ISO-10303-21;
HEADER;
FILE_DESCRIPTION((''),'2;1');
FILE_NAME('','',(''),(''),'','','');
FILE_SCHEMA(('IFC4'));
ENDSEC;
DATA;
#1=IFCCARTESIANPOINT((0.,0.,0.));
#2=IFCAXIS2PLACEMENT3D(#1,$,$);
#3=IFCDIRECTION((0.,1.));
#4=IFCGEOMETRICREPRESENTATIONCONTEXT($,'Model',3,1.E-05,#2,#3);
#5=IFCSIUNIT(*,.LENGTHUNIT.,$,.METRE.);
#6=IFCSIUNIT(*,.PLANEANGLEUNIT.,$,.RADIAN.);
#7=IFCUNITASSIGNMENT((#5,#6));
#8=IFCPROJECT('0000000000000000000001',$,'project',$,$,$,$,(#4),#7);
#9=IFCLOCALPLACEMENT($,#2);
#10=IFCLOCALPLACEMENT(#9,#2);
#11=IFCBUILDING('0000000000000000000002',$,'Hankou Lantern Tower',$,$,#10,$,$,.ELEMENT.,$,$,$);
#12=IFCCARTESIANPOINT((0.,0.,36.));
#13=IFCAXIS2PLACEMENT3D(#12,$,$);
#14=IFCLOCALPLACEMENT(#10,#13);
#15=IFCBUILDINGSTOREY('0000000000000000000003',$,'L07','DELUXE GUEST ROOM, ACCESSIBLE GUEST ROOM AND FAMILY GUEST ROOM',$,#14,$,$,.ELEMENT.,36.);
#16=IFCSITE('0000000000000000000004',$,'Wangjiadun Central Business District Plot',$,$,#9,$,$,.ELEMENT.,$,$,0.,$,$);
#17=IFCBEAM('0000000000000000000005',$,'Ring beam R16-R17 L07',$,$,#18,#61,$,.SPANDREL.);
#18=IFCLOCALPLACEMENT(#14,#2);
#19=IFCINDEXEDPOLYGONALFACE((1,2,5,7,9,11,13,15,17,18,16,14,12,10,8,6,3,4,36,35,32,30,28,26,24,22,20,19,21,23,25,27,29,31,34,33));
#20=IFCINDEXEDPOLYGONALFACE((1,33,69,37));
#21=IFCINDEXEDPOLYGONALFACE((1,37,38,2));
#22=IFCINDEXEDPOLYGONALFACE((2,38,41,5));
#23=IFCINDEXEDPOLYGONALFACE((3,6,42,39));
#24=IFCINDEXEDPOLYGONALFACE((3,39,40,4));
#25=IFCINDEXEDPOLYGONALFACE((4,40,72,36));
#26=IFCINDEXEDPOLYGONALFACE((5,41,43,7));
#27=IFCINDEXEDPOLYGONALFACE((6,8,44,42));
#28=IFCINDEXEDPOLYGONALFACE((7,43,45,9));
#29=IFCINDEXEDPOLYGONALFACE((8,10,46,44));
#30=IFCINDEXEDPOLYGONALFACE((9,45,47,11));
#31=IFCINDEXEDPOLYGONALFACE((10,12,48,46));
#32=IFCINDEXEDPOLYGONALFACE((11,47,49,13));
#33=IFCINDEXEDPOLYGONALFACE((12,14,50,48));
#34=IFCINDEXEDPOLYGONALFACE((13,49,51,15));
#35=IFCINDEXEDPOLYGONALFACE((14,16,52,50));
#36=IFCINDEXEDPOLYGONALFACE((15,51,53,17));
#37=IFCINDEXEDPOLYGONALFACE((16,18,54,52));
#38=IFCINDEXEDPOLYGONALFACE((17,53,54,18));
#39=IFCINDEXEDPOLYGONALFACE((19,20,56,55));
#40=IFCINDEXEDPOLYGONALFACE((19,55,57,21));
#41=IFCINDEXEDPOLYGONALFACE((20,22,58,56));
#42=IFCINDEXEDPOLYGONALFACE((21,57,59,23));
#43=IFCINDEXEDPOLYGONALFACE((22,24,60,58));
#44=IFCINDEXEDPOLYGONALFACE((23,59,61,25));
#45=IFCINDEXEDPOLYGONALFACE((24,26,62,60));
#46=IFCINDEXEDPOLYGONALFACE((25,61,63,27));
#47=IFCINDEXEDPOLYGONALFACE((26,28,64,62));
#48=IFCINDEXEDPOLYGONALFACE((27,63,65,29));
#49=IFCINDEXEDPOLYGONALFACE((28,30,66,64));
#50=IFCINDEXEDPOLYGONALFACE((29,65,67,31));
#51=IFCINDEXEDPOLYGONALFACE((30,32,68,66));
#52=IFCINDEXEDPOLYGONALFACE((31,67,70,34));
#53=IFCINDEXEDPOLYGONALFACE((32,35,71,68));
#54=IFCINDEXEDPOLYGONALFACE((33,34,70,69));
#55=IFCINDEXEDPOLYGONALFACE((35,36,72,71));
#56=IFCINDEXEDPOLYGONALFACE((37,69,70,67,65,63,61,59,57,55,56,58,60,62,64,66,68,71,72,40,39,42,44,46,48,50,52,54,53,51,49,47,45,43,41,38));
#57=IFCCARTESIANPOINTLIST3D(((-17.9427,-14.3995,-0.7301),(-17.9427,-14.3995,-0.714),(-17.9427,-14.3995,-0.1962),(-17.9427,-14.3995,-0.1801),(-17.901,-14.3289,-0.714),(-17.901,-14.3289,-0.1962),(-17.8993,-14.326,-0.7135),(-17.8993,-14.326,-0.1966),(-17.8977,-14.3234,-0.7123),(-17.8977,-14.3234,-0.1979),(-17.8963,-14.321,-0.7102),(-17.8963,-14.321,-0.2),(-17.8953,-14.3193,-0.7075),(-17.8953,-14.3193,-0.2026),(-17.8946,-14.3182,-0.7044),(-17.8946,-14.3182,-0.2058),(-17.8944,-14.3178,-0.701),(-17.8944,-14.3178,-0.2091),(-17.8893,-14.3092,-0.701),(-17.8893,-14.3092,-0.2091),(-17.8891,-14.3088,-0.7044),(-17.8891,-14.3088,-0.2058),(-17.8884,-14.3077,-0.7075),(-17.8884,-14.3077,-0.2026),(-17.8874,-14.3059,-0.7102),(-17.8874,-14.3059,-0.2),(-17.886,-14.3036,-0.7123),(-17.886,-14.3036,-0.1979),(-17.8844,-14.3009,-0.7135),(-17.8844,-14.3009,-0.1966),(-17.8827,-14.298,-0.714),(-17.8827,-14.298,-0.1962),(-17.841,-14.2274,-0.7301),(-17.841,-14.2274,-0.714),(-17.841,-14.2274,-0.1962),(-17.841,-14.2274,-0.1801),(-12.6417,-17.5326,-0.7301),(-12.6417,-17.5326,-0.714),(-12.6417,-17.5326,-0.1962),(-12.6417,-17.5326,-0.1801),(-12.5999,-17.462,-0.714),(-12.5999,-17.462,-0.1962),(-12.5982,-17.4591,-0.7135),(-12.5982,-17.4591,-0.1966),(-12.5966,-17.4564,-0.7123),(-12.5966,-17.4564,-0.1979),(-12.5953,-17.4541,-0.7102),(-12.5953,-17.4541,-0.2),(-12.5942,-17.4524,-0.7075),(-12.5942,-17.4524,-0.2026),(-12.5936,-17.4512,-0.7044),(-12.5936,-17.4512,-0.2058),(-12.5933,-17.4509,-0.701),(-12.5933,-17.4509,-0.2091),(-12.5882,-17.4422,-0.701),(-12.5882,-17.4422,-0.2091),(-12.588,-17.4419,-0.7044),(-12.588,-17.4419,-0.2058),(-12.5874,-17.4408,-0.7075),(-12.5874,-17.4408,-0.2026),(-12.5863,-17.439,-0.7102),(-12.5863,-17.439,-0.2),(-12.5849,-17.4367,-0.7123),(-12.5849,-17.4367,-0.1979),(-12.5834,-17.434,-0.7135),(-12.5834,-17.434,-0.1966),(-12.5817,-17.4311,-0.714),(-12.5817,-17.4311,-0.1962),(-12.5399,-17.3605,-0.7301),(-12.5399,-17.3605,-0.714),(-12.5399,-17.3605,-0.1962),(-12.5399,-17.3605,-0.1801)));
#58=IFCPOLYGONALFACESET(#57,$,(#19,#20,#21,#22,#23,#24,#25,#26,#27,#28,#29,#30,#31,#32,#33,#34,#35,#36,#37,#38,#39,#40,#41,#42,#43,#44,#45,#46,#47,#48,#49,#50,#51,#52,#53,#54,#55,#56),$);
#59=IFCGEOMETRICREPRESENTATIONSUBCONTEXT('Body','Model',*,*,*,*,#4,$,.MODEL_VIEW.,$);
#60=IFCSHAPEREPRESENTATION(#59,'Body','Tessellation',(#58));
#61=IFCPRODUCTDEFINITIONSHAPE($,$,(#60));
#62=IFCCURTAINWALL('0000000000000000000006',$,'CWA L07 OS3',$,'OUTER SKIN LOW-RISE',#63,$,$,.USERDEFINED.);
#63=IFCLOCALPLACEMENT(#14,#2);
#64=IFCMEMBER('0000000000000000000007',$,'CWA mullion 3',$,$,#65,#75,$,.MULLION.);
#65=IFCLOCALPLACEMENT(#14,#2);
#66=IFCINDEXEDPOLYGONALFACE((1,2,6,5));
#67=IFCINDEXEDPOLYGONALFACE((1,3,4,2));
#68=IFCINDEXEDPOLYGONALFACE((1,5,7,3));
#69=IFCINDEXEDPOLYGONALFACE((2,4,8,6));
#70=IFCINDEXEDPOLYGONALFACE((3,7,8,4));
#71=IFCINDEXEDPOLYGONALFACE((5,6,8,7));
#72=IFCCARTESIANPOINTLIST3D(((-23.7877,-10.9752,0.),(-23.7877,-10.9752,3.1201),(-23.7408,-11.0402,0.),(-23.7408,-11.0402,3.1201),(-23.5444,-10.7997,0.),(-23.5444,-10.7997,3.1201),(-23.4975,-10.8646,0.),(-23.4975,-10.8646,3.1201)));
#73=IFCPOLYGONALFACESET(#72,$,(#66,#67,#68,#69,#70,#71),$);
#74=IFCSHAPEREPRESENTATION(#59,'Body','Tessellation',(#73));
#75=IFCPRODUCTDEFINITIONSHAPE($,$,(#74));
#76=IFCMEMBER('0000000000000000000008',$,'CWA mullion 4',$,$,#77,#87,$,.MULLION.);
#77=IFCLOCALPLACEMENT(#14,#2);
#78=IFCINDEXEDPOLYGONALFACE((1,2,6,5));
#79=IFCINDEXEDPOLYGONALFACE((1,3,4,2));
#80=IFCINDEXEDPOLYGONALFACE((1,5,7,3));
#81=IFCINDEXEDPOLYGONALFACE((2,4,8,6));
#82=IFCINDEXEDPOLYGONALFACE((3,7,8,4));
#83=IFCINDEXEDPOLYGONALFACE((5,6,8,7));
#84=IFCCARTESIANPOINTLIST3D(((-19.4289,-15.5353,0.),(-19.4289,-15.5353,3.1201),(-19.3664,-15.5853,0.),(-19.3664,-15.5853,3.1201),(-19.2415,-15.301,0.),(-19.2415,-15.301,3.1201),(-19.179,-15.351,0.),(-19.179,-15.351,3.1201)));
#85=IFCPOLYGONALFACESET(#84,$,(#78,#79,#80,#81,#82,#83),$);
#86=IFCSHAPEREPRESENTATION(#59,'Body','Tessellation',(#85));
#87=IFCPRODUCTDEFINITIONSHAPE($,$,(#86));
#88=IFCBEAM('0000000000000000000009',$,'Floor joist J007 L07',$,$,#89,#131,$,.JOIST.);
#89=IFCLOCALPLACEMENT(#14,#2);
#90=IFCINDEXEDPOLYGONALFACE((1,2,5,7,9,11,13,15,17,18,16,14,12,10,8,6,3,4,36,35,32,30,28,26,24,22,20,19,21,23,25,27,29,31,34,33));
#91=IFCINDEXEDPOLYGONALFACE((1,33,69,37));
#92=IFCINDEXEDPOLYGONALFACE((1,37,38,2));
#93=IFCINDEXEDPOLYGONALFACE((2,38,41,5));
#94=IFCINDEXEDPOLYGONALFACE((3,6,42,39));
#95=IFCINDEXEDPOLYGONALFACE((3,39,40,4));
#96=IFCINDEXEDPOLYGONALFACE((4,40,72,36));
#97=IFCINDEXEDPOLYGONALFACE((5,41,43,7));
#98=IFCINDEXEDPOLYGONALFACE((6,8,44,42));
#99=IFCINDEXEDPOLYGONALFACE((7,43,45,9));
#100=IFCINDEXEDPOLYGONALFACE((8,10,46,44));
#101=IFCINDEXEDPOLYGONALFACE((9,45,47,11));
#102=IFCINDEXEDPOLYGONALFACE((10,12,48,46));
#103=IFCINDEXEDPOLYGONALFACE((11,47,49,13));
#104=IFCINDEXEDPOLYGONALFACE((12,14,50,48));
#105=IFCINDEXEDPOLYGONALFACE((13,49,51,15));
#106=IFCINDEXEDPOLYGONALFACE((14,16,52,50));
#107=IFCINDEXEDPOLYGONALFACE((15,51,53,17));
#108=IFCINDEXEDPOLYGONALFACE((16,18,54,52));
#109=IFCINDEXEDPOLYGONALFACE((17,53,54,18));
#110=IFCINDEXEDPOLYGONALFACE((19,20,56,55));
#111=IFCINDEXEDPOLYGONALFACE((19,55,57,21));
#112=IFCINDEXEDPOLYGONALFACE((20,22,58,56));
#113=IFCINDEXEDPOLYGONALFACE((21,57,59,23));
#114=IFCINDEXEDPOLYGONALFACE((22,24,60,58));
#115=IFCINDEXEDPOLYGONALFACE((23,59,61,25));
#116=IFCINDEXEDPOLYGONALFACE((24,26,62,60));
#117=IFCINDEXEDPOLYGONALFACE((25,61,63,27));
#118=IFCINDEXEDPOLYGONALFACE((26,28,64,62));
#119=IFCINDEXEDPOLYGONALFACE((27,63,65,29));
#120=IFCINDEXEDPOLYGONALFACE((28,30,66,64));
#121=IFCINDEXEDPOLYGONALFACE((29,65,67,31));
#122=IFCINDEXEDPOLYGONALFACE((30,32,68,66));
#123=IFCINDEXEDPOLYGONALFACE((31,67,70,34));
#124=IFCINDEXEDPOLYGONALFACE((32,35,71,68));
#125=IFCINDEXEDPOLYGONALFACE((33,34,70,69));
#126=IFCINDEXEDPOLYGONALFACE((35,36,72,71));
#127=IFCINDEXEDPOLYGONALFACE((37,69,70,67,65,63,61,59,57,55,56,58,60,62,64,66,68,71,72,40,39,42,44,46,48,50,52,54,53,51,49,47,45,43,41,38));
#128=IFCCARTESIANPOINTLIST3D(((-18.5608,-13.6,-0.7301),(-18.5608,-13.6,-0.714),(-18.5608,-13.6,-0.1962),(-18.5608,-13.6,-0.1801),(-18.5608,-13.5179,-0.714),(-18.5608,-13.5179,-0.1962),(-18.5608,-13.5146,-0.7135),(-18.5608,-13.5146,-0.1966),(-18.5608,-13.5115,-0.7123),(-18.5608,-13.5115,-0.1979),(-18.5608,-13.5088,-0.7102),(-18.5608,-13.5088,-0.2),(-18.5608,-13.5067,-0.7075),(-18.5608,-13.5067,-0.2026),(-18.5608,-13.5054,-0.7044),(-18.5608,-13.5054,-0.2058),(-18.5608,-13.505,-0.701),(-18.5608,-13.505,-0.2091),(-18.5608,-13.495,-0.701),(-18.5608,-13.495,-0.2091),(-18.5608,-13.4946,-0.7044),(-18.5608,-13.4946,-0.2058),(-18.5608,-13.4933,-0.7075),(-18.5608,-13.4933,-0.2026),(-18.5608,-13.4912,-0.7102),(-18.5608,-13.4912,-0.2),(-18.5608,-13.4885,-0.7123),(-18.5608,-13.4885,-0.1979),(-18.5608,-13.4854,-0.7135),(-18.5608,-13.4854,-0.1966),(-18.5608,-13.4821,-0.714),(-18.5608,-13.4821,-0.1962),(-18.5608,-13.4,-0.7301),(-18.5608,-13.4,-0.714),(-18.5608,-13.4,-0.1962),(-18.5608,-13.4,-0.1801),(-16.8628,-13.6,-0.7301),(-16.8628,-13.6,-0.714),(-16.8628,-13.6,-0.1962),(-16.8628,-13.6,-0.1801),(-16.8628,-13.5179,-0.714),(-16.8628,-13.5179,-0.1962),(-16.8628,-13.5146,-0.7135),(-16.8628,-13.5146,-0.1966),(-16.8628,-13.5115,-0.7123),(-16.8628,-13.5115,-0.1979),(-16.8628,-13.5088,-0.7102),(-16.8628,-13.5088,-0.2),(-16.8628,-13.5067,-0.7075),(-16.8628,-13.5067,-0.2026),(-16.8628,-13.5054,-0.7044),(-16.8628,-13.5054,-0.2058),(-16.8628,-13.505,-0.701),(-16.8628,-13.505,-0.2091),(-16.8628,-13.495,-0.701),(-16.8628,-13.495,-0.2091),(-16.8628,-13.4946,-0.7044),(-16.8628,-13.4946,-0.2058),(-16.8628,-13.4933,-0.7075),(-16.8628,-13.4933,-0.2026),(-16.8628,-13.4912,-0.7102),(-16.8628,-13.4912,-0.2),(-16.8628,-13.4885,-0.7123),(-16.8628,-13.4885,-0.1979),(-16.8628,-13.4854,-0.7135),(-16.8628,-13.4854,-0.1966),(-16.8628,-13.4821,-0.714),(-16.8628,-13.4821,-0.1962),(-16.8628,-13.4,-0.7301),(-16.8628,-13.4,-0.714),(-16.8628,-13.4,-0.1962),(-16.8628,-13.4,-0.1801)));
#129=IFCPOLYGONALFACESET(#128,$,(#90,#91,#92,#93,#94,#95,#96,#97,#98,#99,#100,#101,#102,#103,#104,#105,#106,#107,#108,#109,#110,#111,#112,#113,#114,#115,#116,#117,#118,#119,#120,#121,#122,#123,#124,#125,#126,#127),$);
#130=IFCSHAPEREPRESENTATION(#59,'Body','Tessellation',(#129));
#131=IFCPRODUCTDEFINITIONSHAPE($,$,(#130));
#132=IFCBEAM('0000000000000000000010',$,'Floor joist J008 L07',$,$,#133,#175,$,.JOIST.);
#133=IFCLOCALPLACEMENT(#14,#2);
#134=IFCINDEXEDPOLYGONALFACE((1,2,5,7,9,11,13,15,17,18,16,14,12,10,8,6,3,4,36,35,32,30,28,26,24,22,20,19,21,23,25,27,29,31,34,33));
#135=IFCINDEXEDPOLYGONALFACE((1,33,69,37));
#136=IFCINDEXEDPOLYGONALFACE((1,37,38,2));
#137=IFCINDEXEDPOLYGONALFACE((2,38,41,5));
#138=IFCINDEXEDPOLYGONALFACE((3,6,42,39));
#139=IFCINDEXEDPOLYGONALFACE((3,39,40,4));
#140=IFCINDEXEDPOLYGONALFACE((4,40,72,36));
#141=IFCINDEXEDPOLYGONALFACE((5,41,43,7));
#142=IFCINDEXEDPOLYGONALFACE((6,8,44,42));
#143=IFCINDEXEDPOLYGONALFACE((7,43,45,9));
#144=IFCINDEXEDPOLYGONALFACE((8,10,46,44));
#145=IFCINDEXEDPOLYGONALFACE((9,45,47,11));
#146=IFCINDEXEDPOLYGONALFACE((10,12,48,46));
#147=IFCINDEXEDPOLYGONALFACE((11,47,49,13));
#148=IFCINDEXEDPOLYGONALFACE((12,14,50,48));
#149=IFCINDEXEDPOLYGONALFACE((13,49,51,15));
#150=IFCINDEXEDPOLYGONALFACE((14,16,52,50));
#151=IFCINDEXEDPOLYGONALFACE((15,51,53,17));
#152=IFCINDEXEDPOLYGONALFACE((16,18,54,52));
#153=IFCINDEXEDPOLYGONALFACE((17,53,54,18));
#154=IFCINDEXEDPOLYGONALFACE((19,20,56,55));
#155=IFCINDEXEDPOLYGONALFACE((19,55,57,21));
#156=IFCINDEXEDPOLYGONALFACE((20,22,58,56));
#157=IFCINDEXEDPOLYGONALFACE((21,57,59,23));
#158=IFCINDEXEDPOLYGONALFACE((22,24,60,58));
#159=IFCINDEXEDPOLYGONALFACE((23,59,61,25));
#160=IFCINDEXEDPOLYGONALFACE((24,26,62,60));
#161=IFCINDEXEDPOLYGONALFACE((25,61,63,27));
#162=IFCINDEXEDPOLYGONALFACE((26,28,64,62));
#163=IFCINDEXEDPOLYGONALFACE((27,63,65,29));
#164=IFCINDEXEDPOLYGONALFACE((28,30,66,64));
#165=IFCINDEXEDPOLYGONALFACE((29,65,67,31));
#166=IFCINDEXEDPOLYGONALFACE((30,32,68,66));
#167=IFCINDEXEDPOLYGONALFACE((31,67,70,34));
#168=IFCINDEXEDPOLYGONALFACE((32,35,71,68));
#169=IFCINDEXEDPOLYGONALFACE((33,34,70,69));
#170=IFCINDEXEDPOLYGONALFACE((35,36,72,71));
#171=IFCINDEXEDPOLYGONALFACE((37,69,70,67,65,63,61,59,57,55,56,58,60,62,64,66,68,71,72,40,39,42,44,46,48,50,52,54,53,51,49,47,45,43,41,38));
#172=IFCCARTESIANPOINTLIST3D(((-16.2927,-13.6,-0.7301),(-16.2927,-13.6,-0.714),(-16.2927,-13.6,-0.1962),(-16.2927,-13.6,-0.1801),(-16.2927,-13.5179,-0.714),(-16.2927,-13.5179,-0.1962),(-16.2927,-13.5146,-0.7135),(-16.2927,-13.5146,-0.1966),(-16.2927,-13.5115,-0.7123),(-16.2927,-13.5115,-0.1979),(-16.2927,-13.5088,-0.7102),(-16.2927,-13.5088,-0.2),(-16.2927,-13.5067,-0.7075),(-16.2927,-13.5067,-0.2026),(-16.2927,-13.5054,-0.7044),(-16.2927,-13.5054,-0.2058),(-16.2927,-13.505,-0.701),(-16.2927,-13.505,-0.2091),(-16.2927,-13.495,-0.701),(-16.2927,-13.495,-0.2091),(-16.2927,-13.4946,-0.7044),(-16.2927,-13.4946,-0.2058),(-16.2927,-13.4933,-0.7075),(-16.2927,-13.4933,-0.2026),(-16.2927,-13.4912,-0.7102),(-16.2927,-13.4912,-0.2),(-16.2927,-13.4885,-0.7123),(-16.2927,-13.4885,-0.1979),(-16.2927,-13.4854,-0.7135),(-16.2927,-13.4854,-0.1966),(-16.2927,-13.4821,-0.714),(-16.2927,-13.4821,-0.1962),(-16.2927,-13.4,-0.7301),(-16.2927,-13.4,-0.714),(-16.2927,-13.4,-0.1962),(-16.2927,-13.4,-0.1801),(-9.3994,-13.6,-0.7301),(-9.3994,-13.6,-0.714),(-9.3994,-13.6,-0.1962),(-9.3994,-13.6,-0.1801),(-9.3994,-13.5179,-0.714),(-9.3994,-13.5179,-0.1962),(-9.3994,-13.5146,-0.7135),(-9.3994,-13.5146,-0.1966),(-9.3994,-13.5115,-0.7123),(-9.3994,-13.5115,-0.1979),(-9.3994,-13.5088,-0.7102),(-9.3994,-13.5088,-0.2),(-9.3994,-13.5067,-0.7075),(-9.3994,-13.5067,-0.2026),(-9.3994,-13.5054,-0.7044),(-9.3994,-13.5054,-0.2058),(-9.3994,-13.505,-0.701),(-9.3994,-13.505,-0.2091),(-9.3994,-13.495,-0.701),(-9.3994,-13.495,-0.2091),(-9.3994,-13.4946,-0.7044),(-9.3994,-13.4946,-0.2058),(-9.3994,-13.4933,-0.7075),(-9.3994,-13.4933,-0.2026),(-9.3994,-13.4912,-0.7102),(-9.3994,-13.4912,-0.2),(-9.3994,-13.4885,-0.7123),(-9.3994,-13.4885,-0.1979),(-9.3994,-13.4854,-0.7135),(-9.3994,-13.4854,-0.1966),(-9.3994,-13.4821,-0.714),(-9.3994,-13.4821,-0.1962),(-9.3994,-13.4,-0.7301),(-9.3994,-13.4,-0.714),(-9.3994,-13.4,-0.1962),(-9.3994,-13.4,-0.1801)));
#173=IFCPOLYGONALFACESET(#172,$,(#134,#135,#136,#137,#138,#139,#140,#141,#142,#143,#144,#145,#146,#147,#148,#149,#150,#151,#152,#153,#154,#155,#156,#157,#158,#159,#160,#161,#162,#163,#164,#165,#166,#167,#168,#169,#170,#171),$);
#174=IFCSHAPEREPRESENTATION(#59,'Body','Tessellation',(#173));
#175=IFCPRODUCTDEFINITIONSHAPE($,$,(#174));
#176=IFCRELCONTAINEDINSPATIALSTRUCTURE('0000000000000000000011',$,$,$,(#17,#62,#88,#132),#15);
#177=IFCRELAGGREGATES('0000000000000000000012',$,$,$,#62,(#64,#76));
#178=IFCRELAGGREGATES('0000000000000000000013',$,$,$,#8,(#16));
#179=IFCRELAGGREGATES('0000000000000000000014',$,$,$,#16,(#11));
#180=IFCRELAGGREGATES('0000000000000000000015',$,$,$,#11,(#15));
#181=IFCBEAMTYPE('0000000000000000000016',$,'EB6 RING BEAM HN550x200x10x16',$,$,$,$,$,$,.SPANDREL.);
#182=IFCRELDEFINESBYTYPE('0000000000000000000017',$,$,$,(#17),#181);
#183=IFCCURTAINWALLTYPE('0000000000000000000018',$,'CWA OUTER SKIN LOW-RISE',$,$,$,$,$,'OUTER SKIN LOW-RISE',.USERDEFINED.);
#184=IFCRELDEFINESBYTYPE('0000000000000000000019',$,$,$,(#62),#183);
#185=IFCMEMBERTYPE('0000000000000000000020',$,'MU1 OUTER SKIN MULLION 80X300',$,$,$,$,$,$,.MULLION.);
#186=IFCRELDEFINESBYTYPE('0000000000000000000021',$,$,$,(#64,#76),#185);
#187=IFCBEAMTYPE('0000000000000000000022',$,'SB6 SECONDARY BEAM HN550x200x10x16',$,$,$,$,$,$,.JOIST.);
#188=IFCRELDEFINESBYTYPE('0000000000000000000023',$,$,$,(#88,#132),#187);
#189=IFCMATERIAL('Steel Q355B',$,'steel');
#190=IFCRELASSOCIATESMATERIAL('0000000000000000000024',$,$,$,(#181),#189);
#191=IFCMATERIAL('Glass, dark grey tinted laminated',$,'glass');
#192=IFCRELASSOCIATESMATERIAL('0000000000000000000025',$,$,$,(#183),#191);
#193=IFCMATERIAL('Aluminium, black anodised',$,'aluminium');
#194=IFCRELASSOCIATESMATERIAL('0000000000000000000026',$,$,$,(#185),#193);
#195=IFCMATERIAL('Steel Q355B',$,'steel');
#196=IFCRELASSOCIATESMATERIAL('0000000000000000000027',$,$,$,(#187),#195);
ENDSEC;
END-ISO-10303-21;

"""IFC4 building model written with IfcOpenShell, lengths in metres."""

from ifc_helpers import new_model, si_unit, direction, frame, origin, origin_2d, place, context, subcontext, project, spatial, rectangle, i_section, extrude, material, material_profile, profile_set, type_object, element, aggregate, save


model = new_model("IFC4")

# Units and contexts
model_context = context("Model", 3, precision=1e-05, world=origin(), true_north=direction((0.0, 1.0)))
body_context = subcontext(model_context, "Body", "Model", "MODEL_VIEW")
ifc_project = project(units=[si_unit("LENGTHUNIT", "METRE"), si_unit("PLANEANGLEUNIT", "RADIAN")], contexts=[model_context])

# Site, building, storey
site_placement = place(None, origin())
site = spatial("IfcSite", under=ifc_project, at=site_placement, Name="Wangjiadun Central Business District Plot", CompositionType="ELEMENT", RefElevation=0.0)
building_placement = place(site_placement, origin())
building = spatial("IfcBuilding", under=site, at=building_placement, Name="Hankou Lantern Tower", CompositionType="ELEMENT")
storey_placement = place(building_placement, frame((0.0, 0.0, 36.0)))
storey = spatial("IfcBuildingStorey", under=building, at=storey_placement, Name="L07", Description="DELUXE GUEST ROOM, ACCESSIBLE GUEST ROOM AND FAMILY GUEST ROOM", CompositionType="ELEMENT", Elevation=36.0)

# Beam
ifc_material_1 = material(Name="Steel Q355B", Category="steel")
ifc_material_profile_1 = material_profile(ifc_material_1, i_section(OverallWidth=0.2, OverallDepth=0.55, WebThickness=0.01, FlangeThickness=0.0161, FilletRadius=0.0129, at=origin_2d()), Name="HN550x200x10x16")
ifc_profile_set_1 = profile_set([ifc_material_profile_1], Name="Steel Q355B")
beam_type_1 = type_object("IfcBeamType", Name="EB6 RING BEAM HN550x200x10x16", PredefinedType="SPANDREL", material=ifc_profile_set_1)
beam_1_placement = place(storey_placement, frame((-17.8918, -14.3135, -0.4551), z_axis=(0.860882, -0.508805, 0.0), x_axis=(0.508805, 0.860882, 0.0)))
element("IfcBeam", 1, at=beam_1_placement, inside=storey, type_object=beam_type_1, Name="Ring beam R16-R17 L07", PredefinedType="SPANDREL", context=body_context, shape_type="SweptSolid", body=[
    extrude(i_section(OverallWidth=0.2, OverallDepth=0.55, WebThickness=0.01, FlangeThickness=0.0161, FilletRadius=0.0129, at=origin_2d()), origin(), (0.0, 0.0, 1.0), 6.1577),
])

# Curtain wall, members
ifc_material_2 = material(Name="Glass, dark grey tinted laminated", Category="glass")
curtain_wall_type = type_object("IfcCurtainWallType", Name="CWA OUTER SKIN LOW-RISE", ElementType="OUTER SKIN LOW-RISE", PredefinedType="USERDEFINED", material=ifc_material_2)
curtain_wall_placement = place(storey_placement, origin())
curtain_wall = element("IfcCurtainWall", 2, at=curtain_wall_placement, inside=storey, type_object=curtain_wall_type, Name="CWA L07 OS3", ObjectType="OUTER SKIN LOW-RISE", PredefinedType="USERDEFINED")
ifc_material_3 = material(Name="Aluminium, black anodised", Category="aluminium")
ifc_material_profile_2 = material_profile(ifc_material_3, rectangle(XDim=0.0801, YDim=0.3, at=origin_2d()), Name="MU1 80X300")
ifc_profile_set_2 = profile_set([ifc_material_profile_2], Name="Aluminium, black anodised")
member_type_1 = type_object("IfcMemberType", Name="MU1 OUTER SKIN MULLION 80X300", PredefinedType="MULLION", material=ifc_profile_set_2)
member_1_placement = place(storey_placement, frame((-23.6426, -10.9199, 0.0), z_axis=(0.0, 0.0, 1.0), x_axis=(0.585206, -0.810885, 0.0)))
member_1 = element("IfcMember", 3, at=member_1_placement, type_object=member_type_1, Name="CWA mullion 3", PredefinedType="MULLION", context=body_context, shape_type="SweptSolid", body=[
    extrude(rectangle(XDim=0.0801, YDim=0.3, at=origin_2d()), origin(), (0.0, 0.0, 1.0), 3.1201),
])
member_2_placement = place(storey_placement, frame((-19.304, -15.4431, 0.0), z_axis=(0.0, 0.0, 1.0), x_axis=(0.780869, -0.624695, 0.0)))
member_2 = element("IfcMember", 4, at=member_2_placement, type_object=member_type_1, Name="CWA mullion 4", PredefinedType="MULLION", context=body_context, shape_type="SweptSolid", body=[
    extrude(rectangle(XDim=0.0801, YDim=0.3, at=origin_2d()), origin(), (0.0, 0.0, 1.0), 3.1201),
])

# Beams
ifc_material_4 = material(Name="Steel Q355B", Category="steel")
ifc_material_profile_3 = material_profile(ifc_material_4, i_section(OverallWidth=0.2, OverallDepth=0.55, WebThickness=0.01, FlangeThickness=0.0161, FilletRadius=0.0129, at=origin_2d()), Name="HN550x200x10x16")
ifc_profile_set_3 = profile_set([ifc_material_profile_3], Name="Steel Q355B")
beam_type_2 = type_object("IfcBeamType", Name="SB6 SECONDARY BEAM HN550x200x10x16", PredefinedType="JOIST", material=ifc_profile_set_3)
beam_2_placement = place(storey_placement, frame((-18.5608, -13.5, -0.4551), z_axis=(1.0, 0.0, 0.0), x_axis=(0.0, 1.0, 0.0)))
element("IfcBeam", 5, at=beam_2_placement, inside=storey, type_object=beam_type_2, Name="Floor joist J007 L07", PredefinedType="JOIST", context=body_context, shape_type="SweptSolid", body=[
    extrude(i_section(OverallWidth=0.2, OverallDepth=0.55, WebThickness=0.01, FlangeThickness=0.0161, FilletRadius=0.0129, at=origin_2d()), origin(), (0.0, 0.0, 1.0), 1.698),
])
beam_3_placement = place(storey_placement, frame((-16.2927, -13.5, -0.4551), z_axis=(1.0, 0.0, 0.0), x_axis=(0.0, 1.0, 0.0)))
element("IfcBeam", 6, at=beam_3_placement, inside=storey, type_object=beam_type_2, Name="Floor joist J008 L07", PredefinedType="JOIST", context=body_context, shape_type="SweptSolid", body=[
    extrude(i_section(OverallWidth=0.2, OverallDepth=0.55, WebThickness=0.01, FlangeThickness=0.0161, FilletRadius=0.0129, at=origin_2d()), origin(), (0.0, 0.0, 1.0), 6.8933),
])

aggregate(curtain_wall, [member_1, member_2])

save(model, "model.ifc")
